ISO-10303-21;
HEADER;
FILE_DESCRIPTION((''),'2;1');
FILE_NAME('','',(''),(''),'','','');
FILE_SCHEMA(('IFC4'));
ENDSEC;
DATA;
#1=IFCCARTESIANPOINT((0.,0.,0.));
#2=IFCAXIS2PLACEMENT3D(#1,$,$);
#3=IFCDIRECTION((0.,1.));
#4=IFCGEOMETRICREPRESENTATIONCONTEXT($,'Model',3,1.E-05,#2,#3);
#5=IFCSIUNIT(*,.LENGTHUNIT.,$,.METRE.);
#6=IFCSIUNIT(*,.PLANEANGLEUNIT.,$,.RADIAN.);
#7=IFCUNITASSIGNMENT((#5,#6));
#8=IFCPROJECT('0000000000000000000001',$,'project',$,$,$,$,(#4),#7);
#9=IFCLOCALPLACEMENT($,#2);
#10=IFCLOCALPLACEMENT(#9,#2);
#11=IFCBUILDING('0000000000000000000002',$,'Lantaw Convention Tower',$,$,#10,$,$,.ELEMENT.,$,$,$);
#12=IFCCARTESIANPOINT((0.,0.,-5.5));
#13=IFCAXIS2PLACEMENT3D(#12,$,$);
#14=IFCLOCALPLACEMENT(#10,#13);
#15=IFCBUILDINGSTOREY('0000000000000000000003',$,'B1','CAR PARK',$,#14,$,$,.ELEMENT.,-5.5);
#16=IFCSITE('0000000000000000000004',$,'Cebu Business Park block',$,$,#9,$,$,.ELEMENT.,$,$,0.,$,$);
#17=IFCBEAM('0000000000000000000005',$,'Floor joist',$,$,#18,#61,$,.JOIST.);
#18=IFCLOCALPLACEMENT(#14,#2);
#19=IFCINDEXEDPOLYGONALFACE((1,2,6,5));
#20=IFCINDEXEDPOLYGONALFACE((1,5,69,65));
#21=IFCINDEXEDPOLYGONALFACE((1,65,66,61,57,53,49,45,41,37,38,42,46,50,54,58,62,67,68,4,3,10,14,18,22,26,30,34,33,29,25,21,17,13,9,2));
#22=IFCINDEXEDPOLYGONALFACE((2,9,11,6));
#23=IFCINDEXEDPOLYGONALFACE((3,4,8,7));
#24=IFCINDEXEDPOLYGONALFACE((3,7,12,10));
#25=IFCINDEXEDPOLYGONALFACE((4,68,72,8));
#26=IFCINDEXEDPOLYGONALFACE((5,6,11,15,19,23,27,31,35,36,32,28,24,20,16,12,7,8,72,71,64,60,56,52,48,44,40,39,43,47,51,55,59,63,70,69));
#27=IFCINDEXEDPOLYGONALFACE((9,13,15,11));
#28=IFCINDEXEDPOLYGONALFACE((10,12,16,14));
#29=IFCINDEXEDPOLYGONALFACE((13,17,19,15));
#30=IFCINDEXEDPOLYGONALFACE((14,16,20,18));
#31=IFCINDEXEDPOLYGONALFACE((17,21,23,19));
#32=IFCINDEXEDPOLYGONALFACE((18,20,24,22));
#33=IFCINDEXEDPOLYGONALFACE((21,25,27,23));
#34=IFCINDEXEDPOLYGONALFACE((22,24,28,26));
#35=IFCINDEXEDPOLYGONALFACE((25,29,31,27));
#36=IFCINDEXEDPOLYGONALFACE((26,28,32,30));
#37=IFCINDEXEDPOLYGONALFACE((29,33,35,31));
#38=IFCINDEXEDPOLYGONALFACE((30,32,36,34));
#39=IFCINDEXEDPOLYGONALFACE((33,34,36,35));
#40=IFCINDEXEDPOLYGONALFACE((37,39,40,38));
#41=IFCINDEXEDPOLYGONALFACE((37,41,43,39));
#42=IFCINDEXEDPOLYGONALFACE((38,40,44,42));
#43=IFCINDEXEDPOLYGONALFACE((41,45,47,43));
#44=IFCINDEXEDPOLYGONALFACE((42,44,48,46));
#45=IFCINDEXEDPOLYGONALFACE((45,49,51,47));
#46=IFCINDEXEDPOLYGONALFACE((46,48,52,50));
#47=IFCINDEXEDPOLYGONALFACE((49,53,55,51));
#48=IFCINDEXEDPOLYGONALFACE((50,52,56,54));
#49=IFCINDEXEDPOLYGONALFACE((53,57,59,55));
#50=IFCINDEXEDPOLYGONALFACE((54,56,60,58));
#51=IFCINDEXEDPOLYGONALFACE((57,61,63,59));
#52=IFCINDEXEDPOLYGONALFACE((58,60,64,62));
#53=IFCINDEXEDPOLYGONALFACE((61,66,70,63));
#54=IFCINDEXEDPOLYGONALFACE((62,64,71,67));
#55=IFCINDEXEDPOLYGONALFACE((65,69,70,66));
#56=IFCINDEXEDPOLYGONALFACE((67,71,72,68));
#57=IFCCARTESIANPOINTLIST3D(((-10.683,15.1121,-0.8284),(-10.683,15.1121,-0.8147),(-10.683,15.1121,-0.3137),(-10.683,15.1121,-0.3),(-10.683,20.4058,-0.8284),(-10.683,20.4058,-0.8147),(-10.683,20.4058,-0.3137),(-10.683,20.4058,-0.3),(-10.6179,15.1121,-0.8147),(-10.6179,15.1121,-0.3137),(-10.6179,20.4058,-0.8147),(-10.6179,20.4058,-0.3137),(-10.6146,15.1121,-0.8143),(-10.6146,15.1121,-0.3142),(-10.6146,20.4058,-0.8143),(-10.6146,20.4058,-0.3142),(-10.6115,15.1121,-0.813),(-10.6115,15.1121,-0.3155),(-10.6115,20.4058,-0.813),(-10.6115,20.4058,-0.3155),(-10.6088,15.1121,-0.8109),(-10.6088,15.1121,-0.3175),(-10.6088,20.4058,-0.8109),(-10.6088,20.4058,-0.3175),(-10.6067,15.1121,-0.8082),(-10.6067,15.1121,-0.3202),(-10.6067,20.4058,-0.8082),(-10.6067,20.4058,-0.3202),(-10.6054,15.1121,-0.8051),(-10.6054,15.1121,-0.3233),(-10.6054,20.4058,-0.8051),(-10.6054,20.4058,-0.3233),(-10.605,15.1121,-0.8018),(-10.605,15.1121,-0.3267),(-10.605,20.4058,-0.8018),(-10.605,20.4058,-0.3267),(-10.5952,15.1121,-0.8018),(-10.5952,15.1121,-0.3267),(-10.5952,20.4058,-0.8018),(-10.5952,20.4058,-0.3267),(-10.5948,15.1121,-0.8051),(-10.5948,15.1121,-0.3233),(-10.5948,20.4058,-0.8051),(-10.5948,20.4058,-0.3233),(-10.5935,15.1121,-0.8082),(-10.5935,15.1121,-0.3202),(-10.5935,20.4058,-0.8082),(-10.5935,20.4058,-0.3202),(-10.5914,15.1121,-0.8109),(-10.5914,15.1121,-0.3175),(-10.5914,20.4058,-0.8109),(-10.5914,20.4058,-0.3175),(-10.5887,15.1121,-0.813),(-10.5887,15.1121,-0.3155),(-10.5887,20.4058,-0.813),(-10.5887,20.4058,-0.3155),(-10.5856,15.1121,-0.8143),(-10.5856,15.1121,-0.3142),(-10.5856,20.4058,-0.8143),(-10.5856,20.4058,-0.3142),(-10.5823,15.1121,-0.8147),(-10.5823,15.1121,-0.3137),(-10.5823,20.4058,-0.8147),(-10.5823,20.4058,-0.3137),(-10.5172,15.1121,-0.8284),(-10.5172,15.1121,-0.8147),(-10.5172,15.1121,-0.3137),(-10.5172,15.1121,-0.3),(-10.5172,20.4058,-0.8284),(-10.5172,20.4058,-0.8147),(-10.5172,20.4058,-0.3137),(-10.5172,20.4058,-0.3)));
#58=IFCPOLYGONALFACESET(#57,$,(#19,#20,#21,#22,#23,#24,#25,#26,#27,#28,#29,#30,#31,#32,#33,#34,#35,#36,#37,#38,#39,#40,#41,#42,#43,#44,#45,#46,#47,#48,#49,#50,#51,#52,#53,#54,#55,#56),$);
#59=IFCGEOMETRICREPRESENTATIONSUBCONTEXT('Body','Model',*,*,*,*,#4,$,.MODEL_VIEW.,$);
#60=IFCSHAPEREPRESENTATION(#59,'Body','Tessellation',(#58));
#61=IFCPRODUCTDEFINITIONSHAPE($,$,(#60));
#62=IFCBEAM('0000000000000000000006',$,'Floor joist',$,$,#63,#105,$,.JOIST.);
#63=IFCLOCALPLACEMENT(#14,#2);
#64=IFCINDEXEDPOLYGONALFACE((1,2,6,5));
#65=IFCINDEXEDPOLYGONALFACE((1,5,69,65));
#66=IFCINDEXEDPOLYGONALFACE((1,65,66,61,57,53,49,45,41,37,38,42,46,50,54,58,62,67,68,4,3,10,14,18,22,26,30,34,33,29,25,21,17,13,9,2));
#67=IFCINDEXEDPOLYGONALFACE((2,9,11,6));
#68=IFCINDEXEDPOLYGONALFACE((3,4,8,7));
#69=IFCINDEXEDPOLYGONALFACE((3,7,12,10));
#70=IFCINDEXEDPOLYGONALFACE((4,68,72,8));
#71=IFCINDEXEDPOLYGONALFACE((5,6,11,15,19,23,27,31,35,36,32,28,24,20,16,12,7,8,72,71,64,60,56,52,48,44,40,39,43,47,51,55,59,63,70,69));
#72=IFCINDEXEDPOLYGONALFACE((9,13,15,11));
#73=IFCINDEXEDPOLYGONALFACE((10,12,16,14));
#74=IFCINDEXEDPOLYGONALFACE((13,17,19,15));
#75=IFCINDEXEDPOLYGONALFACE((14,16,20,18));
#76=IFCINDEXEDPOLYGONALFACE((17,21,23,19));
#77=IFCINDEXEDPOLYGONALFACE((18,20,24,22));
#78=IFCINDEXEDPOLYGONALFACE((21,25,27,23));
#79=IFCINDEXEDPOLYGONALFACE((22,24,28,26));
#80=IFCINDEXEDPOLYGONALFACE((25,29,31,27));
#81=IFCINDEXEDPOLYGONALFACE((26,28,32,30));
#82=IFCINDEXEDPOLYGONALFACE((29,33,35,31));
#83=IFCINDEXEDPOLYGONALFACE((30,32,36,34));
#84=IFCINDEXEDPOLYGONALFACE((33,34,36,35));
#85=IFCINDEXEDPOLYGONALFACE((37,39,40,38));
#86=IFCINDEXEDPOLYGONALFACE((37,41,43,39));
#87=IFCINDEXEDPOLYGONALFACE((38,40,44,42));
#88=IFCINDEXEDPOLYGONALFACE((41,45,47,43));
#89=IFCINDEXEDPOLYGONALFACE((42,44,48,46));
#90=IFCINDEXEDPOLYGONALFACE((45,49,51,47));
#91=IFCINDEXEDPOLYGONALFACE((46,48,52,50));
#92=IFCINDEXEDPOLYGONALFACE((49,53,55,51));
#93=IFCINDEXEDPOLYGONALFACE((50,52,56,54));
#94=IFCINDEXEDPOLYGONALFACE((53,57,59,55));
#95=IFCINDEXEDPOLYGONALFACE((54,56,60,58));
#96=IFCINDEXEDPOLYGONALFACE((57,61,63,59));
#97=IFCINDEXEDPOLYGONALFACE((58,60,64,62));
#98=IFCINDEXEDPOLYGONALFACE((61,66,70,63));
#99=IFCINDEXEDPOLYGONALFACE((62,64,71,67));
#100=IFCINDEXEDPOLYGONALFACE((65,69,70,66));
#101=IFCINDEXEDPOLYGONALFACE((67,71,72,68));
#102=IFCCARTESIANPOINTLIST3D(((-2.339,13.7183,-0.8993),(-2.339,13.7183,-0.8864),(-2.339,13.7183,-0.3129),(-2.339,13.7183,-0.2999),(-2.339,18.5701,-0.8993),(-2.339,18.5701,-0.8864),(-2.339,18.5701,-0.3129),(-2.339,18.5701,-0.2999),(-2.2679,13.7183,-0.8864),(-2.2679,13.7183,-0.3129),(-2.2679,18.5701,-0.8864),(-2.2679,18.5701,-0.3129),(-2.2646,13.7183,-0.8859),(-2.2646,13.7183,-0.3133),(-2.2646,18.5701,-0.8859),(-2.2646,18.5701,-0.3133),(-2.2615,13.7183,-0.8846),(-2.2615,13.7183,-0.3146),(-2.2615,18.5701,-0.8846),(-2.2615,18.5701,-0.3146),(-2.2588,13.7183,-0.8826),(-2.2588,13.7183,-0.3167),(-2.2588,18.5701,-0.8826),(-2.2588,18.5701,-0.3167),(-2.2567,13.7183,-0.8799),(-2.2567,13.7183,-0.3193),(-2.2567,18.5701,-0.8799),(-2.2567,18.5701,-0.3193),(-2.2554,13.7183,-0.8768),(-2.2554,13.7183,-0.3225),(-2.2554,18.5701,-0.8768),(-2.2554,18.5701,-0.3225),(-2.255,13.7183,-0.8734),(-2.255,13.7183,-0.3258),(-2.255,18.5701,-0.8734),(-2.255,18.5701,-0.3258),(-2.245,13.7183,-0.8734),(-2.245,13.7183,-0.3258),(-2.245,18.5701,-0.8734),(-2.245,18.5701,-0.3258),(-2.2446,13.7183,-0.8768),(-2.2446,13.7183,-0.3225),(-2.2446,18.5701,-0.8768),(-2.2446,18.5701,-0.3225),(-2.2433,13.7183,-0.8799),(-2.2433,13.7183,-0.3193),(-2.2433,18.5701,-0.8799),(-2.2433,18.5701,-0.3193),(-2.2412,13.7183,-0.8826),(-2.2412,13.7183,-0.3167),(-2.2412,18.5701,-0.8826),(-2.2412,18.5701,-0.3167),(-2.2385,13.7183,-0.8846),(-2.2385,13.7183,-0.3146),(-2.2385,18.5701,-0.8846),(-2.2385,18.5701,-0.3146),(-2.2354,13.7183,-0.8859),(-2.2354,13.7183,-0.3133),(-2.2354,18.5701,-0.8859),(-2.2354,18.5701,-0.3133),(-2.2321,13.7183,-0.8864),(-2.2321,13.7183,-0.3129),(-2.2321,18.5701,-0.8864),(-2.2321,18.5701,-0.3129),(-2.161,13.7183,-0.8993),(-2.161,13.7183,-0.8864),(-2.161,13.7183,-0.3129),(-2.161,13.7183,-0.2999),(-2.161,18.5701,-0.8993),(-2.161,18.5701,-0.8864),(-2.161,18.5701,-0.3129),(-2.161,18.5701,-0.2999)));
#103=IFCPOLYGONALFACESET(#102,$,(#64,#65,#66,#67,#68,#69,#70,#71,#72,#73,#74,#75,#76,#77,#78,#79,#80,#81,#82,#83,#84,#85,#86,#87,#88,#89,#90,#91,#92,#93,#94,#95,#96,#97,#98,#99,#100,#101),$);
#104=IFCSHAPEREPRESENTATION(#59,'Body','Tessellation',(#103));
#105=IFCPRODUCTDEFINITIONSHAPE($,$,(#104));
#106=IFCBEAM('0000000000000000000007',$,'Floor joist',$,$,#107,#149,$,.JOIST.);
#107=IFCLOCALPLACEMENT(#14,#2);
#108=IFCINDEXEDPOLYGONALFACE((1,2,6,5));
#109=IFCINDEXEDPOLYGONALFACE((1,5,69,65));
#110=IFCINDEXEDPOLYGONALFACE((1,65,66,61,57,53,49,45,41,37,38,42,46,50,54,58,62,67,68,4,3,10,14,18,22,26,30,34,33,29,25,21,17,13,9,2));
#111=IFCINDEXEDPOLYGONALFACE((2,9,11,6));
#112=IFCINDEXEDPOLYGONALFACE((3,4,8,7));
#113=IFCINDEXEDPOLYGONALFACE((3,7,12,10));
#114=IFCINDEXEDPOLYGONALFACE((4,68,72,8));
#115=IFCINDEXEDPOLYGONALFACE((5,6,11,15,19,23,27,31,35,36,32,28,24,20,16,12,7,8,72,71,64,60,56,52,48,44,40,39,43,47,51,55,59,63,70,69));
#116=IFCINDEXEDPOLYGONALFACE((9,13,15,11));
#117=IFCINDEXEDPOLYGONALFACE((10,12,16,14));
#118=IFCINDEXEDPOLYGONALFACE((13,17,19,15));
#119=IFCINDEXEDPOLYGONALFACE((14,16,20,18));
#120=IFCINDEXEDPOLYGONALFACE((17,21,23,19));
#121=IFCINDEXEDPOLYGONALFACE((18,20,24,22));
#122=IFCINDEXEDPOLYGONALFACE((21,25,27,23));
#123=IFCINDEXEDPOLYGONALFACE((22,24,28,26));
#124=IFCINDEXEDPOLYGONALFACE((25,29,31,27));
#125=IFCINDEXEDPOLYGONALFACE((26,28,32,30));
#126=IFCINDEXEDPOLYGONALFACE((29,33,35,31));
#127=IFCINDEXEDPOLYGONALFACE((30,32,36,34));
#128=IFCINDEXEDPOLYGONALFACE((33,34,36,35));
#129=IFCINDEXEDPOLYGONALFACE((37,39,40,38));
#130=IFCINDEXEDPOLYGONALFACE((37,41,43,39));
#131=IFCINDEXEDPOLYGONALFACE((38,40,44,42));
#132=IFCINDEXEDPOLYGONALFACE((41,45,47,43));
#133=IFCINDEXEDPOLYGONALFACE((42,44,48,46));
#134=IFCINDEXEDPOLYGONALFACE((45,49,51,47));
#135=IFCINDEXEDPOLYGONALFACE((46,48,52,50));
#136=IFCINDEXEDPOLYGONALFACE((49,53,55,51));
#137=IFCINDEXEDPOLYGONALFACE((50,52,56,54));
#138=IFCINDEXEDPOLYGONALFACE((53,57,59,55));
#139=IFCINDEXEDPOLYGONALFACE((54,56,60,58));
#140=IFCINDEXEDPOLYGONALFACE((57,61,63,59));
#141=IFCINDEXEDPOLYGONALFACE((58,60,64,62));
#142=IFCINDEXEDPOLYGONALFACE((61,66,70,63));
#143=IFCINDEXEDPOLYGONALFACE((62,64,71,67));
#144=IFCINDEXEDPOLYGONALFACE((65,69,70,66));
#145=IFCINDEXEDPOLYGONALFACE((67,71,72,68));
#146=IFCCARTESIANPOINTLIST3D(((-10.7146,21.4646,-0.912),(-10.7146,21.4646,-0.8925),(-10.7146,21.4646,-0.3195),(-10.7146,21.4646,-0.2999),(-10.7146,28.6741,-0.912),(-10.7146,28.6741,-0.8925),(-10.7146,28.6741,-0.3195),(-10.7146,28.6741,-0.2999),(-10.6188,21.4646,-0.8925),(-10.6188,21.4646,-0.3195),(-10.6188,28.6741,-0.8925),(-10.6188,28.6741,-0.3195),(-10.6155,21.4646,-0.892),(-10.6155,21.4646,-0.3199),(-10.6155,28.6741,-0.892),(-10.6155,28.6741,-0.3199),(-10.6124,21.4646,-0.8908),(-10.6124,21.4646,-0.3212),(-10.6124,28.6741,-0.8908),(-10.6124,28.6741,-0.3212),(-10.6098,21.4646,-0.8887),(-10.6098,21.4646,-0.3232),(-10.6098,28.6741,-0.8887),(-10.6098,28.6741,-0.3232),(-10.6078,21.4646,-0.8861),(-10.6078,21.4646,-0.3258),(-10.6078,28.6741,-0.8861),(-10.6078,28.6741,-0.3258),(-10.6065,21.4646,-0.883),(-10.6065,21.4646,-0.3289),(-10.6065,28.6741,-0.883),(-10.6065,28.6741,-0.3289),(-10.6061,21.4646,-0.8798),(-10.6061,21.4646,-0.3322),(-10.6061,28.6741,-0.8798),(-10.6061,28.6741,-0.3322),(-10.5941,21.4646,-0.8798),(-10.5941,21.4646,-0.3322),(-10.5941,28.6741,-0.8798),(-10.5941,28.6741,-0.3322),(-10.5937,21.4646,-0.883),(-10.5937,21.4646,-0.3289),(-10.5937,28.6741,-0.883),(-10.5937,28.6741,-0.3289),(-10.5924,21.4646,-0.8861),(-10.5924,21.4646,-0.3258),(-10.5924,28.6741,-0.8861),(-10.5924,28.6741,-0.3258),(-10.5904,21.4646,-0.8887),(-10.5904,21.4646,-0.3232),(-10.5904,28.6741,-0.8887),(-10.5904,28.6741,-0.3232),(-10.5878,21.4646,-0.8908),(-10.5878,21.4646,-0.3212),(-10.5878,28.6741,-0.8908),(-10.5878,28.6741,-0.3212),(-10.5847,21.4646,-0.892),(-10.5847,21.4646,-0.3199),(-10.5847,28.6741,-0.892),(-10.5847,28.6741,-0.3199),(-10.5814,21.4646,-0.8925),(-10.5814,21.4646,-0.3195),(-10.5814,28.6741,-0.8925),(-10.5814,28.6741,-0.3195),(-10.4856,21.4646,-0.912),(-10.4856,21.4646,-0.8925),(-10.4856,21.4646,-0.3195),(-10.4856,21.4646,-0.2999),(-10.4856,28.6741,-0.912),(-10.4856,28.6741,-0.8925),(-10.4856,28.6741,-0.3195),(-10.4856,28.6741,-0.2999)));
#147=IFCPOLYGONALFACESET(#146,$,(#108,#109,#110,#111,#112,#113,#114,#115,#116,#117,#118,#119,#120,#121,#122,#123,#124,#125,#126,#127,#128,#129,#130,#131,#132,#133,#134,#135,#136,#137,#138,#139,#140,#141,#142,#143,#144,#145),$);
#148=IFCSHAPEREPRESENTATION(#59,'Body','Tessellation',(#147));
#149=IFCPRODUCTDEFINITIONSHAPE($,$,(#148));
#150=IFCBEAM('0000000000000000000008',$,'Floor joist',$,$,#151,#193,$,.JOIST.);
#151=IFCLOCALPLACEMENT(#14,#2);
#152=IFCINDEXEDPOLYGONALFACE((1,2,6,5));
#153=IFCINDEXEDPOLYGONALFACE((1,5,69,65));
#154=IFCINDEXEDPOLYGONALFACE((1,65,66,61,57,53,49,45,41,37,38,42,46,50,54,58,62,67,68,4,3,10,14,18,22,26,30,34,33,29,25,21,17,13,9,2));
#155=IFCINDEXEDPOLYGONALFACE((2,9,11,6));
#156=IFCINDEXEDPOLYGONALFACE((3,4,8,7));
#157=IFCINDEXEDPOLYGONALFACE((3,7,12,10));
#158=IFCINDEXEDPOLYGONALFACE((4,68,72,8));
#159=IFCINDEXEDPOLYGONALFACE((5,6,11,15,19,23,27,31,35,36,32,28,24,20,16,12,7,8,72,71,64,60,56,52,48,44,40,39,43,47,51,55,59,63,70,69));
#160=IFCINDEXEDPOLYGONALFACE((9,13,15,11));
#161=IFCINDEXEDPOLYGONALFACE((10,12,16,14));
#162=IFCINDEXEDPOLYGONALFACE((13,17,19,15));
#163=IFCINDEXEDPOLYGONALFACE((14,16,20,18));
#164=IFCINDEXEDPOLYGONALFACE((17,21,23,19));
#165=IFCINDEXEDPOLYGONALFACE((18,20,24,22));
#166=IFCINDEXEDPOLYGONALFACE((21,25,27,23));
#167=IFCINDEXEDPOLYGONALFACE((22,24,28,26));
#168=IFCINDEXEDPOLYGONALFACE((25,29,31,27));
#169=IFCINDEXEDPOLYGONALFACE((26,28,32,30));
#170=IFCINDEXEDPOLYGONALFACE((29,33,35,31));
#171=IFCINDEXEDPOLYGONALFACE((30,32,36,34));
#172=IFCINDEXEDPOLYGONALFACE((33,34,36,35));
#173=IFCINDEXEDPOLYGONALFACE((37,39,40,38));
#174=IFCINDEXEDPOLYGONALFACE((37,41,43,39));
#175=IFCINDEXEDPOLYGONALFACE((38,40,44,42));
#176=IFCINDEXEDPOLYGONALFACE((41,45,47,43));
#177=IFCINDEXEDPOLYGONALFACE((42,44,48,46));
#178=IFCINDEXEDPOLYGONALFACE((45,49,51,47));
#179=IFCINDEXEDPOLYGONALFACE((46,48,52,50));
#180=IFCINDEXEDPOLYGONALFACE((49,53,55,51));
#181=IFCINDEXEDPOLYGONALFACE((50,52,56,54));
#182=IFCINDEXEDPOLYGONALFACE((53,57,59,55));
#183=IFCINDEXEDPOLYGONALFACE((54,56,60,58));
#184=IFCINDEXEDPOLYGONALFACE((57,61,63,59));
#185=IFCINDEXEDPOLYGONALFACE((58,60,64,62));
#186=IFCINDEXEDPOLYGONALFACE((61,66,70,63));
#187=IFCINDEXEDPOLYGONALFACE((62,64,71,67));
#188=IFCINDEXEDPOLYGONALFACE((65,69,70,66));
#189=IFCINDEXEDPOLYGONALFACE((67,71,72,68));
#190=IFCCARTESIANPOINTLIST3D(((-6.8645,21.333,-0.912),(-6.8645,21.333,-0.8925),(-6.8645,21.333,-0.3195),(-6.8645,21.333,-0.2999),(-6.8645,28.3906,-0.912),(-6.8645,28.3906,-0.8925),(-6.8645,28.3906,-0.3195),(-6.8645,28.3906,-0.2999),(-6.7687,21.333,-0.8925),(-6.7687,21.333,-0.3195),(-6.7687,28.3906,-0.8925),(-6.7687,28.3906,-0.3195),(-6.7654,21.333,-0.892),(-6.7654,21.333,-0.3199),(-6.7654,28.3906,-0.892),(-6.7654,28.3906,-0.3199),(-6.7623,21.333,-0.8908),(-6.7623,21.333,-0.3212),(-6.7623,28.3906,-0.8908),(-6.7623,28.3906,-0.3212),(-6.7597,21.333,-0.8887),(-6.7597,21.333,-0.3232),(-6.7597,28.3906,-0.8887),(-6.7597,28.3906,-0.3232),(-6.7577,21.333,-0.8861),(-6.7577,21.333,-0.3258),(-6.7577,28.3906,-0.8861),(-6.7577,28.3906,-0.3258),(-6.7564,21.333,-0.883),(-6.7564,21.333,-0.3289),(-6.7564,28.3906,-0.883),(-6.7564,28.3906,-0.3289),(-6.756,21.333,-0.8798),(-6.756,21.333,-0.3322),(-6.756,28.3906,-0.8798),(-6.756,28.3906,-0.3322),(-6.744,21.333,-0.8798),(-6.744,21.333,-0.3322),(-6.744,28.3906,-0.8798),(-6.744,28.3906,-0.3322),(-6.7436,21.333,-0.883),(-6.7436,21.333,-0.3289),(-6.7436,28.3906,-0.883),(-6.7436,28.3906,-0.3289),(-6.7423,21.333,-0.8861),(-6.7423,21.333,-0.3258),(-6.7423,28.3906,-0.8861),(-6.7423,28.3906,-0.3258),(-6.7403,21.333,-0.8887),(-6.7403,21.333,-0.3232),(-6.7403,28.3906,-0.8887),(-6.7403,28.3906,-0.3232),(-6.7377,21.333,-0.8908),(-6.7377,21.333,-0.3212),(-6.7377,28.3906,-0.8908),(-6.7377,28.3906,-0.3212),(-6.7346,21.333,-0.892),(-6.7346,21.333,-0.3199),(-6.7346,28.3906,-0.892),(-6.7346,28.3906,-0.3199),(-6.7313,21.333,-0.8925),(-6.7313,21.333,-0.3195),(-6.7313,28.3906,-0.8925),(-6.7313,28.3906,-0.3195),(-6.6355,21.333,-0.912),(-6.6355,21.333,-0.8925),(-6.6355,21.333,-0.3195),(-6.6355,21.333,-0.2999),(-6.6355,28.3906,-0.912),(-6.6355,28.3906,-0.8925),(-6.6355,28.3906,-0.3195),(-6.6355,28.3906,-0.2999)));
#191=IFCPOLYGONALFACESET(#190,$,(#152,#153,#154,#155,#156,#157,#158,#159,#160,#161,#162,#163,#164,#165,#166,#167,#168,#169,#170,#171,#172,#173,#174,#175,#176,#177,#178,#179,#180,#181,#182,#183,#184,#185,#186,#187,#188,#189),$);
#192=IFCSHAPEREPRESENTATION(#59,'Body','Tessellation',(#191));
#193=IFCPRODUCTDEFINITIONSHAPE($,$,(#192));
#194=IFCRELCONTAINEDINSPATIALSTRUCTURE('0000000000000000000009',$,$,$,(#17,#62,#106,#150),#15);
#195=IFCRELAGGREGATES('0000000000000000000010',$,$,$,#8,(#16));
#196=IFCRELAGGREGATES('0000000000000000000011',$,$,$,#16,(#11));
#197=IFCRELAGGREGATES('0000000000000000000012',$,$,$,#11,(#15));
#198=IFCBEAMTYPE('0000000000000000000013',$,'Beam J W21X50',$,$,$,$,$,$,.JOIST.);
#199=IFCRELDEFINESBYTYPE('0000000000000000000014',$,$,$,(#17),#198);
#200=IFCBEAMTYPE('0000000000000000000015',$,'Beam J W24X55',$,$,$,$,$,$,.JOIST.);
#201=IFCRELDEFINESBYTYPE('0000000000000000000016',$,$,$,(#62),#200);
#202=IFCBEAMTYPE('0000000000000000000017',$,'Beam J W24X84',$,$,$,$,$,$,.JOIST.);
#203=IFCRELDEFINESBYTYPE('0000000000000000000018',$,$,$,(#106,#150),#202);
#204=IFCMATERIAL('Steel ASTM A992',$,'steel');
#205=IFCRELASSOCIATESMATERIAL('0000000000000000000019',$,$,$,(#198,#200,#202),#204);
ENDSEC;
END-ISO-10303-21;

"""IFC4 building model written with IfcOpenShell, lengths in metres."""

from ifc_helpers import new_model, si_unit, direction, frame, origin, origin_2d, place, context, subcontext, project, spatial, i_section, extrude, material, material_profile, profile_set, type_object, element, save


model = new_model("IFC4")

# Units and contexts
model_context = context("Model", 3, precision=1e-05, world=origin(), true_north=direction((0.0, 1.0)))
body_context = subcontext(model_context, "Body", "Model", "MODEL_VIEW")
ifc_project = project(units=[si_unit("LENGTHUNIT", "METRE"), si_unit("PLANEANGLEUNIT", "RADIAN")], contexts=[model_context])

# Site, building, storey
site_placement = place(None, origin())
site = spatial("IfcSite", under=ifc_project, at=site_placement, Name="Cebu Business Park block", CompositionType="ELEMENT", RefElevation=0.0)
building_placement = place(site_placement, origin())
building = spatial("IfcBuilding", under=site, at=building_placement, Name="Lantaw Convention Tower", CompositionType="ELEMENT")
storey_placement = place(building_placement, frame((0.0, 0.0, -5.5)))
storey = spatial("IfcBuildingStorey", under=building, at=storey_placement, Name="B1", Description="CAR PARK", CompositionType="ELEMENT", Elevation=-5.5)

# Beams
ifc_material_1 = material(Name="Steel ASTM A992", Category="steel")
ifc_material_profile_1 = material_profile(ifc_material_1, i_section(OverallWidth=0.1658, OverallDepth=0.5283, WebThickness=0.0098, FlangeThickness=0.0137, FilletRadius=0.0129, at=origin_2d()), Name="W21X50")
ifc_profile_set_1 = profile_set([ifc_material_profile_1], Name="Steel ASTM A992")
beam_type_1 = type_object("IfcBeamType", Name="Beam J W21X50", PredefinedType="JOIST", material=ifc_profile_set_1)
beam_1_placement = place(storey_placement, frame((-10.6001, 15.1121, -0.5642), z_axis=(0.0, 1.0, 0.0), x_axis=(-1.0, 0.0, 0.0)))
element("IfcBeam", 1, at=beam_1_placement, inside=storey, type_object=beam_type_1, Name="Floor joist", PredefinedType="JOIST", context=body_context, shape_type="SweptSolid", body=[
    extrude(i_section(OverallWidth=0.1658, OverallDepth=0.5283, WebThickness=0.0098, FlangeThickness=0.0137, FilletRadius=0.0129, at=origin_2d()), origin(), (0.0, 0.0, 1.0), 5.2937),
])
ifc_material_profile_2 = material_profile(ifc_material_1, i_section(OverallWidth=0.178, OverallDepth=0.5994, WebThickness=0.01, FlangeThickness=0.0129, FilletRadius=0.0129, at=origin_2d()), Name="W24X55")
ifc_profile_set_2 = profile_set([ifc_material_profile_2], Name="Steel ASTM A992")
beam_type_2 = type_object("IfcBeamType", Name="Beam J W24X55", PredefinedType="JOIST", material=ifc_profile_set_2)
beam_2_placement = place(storey_placement, frame((-2.25, 13.7183, -0.5996), z_axis=(0.0, 1.0, 0.0), x_axis=(-1.0, 0.0, 0.0)))
element("IfcBeam", 2, at=beam_2_placement, inside=storey, type_object=beam_type_2, Name="Floor joist", PredefinedType="JOIST", context=body_context, shape_type="SweptSolid", body=[
    extrude(i_section(OverallWidth=0.178, OverallDepth=0.5994, WebThickness=0.01, FlangeThickness=0.0129, FilletRadius=0.0129, at=origin_2d()), origin(), (0.0, 0.0, 1.0), 4.8518),
])
ifc_material_profile_3 = material_profile(ifc_material_1, i_section(OverallWidth=0.229, OverallDepth=0.6121, WebThickness=0.012, FlangeThickness=0.0195, FilletRadius=0.0127, at=origin_2d()), Name="W24X84")
ifc_profile_set_3 = profile_set([ifc_material_profile_3], Name="Steel ASTM A992")
beam_type_3 = type_object("IfcBeamType", Name="Beam J W24X84", PredefinedType="JOIST", material=ifc_profile_set_3)
beam_3_placement = place(storey_placement, frame((-10.6001, 21.4646, -0.606), z_axis=(0.0, 1.0, 0.0), x_axis=(-1.0, 0.0, 0.0)))
element("IfcBeam", 3, at=beam_3_placement, inside=storey, type_object=beam_type_3, Name="Floor joist", PredefinedType="JOIST", context=body_context, shape_type="SweptSolid", body=[
    extrude(i_section(OverallWidth=0.229, OverallDepth=0.6121, WebThickness=0.012, FlangeThickness=0.0195, FilletRadius=0.0127, at=origin_2d()), origin(), (0.0, 0.0, 1.0), 7.2095),
])
beam_4_placement = place(storey_placement, frame((-6.75, 21.333, -0.606), z_axis=(0.0, 1.0, 0.0), x_axis=(-1.0, 0.0, 0.0)))
element("IfcBeam", 4, at=beam_4_placement, inside=storey, type_object=beam_type_3, Name="Floor joist", PredefinedType="JOIST", context=body_context, shape_type="SweptSolid", body=[
    extrude(i_section(OverallWidth=0.229, OverallDepth=0.6121, WebThickness=0.012, FlangeThickness=0.0195, FilletRadius=0.0127, at=origin_2d()), origin(), (0.0, 0.0, 1.0), 7.0576),
])

save(model, "model.ifc")
